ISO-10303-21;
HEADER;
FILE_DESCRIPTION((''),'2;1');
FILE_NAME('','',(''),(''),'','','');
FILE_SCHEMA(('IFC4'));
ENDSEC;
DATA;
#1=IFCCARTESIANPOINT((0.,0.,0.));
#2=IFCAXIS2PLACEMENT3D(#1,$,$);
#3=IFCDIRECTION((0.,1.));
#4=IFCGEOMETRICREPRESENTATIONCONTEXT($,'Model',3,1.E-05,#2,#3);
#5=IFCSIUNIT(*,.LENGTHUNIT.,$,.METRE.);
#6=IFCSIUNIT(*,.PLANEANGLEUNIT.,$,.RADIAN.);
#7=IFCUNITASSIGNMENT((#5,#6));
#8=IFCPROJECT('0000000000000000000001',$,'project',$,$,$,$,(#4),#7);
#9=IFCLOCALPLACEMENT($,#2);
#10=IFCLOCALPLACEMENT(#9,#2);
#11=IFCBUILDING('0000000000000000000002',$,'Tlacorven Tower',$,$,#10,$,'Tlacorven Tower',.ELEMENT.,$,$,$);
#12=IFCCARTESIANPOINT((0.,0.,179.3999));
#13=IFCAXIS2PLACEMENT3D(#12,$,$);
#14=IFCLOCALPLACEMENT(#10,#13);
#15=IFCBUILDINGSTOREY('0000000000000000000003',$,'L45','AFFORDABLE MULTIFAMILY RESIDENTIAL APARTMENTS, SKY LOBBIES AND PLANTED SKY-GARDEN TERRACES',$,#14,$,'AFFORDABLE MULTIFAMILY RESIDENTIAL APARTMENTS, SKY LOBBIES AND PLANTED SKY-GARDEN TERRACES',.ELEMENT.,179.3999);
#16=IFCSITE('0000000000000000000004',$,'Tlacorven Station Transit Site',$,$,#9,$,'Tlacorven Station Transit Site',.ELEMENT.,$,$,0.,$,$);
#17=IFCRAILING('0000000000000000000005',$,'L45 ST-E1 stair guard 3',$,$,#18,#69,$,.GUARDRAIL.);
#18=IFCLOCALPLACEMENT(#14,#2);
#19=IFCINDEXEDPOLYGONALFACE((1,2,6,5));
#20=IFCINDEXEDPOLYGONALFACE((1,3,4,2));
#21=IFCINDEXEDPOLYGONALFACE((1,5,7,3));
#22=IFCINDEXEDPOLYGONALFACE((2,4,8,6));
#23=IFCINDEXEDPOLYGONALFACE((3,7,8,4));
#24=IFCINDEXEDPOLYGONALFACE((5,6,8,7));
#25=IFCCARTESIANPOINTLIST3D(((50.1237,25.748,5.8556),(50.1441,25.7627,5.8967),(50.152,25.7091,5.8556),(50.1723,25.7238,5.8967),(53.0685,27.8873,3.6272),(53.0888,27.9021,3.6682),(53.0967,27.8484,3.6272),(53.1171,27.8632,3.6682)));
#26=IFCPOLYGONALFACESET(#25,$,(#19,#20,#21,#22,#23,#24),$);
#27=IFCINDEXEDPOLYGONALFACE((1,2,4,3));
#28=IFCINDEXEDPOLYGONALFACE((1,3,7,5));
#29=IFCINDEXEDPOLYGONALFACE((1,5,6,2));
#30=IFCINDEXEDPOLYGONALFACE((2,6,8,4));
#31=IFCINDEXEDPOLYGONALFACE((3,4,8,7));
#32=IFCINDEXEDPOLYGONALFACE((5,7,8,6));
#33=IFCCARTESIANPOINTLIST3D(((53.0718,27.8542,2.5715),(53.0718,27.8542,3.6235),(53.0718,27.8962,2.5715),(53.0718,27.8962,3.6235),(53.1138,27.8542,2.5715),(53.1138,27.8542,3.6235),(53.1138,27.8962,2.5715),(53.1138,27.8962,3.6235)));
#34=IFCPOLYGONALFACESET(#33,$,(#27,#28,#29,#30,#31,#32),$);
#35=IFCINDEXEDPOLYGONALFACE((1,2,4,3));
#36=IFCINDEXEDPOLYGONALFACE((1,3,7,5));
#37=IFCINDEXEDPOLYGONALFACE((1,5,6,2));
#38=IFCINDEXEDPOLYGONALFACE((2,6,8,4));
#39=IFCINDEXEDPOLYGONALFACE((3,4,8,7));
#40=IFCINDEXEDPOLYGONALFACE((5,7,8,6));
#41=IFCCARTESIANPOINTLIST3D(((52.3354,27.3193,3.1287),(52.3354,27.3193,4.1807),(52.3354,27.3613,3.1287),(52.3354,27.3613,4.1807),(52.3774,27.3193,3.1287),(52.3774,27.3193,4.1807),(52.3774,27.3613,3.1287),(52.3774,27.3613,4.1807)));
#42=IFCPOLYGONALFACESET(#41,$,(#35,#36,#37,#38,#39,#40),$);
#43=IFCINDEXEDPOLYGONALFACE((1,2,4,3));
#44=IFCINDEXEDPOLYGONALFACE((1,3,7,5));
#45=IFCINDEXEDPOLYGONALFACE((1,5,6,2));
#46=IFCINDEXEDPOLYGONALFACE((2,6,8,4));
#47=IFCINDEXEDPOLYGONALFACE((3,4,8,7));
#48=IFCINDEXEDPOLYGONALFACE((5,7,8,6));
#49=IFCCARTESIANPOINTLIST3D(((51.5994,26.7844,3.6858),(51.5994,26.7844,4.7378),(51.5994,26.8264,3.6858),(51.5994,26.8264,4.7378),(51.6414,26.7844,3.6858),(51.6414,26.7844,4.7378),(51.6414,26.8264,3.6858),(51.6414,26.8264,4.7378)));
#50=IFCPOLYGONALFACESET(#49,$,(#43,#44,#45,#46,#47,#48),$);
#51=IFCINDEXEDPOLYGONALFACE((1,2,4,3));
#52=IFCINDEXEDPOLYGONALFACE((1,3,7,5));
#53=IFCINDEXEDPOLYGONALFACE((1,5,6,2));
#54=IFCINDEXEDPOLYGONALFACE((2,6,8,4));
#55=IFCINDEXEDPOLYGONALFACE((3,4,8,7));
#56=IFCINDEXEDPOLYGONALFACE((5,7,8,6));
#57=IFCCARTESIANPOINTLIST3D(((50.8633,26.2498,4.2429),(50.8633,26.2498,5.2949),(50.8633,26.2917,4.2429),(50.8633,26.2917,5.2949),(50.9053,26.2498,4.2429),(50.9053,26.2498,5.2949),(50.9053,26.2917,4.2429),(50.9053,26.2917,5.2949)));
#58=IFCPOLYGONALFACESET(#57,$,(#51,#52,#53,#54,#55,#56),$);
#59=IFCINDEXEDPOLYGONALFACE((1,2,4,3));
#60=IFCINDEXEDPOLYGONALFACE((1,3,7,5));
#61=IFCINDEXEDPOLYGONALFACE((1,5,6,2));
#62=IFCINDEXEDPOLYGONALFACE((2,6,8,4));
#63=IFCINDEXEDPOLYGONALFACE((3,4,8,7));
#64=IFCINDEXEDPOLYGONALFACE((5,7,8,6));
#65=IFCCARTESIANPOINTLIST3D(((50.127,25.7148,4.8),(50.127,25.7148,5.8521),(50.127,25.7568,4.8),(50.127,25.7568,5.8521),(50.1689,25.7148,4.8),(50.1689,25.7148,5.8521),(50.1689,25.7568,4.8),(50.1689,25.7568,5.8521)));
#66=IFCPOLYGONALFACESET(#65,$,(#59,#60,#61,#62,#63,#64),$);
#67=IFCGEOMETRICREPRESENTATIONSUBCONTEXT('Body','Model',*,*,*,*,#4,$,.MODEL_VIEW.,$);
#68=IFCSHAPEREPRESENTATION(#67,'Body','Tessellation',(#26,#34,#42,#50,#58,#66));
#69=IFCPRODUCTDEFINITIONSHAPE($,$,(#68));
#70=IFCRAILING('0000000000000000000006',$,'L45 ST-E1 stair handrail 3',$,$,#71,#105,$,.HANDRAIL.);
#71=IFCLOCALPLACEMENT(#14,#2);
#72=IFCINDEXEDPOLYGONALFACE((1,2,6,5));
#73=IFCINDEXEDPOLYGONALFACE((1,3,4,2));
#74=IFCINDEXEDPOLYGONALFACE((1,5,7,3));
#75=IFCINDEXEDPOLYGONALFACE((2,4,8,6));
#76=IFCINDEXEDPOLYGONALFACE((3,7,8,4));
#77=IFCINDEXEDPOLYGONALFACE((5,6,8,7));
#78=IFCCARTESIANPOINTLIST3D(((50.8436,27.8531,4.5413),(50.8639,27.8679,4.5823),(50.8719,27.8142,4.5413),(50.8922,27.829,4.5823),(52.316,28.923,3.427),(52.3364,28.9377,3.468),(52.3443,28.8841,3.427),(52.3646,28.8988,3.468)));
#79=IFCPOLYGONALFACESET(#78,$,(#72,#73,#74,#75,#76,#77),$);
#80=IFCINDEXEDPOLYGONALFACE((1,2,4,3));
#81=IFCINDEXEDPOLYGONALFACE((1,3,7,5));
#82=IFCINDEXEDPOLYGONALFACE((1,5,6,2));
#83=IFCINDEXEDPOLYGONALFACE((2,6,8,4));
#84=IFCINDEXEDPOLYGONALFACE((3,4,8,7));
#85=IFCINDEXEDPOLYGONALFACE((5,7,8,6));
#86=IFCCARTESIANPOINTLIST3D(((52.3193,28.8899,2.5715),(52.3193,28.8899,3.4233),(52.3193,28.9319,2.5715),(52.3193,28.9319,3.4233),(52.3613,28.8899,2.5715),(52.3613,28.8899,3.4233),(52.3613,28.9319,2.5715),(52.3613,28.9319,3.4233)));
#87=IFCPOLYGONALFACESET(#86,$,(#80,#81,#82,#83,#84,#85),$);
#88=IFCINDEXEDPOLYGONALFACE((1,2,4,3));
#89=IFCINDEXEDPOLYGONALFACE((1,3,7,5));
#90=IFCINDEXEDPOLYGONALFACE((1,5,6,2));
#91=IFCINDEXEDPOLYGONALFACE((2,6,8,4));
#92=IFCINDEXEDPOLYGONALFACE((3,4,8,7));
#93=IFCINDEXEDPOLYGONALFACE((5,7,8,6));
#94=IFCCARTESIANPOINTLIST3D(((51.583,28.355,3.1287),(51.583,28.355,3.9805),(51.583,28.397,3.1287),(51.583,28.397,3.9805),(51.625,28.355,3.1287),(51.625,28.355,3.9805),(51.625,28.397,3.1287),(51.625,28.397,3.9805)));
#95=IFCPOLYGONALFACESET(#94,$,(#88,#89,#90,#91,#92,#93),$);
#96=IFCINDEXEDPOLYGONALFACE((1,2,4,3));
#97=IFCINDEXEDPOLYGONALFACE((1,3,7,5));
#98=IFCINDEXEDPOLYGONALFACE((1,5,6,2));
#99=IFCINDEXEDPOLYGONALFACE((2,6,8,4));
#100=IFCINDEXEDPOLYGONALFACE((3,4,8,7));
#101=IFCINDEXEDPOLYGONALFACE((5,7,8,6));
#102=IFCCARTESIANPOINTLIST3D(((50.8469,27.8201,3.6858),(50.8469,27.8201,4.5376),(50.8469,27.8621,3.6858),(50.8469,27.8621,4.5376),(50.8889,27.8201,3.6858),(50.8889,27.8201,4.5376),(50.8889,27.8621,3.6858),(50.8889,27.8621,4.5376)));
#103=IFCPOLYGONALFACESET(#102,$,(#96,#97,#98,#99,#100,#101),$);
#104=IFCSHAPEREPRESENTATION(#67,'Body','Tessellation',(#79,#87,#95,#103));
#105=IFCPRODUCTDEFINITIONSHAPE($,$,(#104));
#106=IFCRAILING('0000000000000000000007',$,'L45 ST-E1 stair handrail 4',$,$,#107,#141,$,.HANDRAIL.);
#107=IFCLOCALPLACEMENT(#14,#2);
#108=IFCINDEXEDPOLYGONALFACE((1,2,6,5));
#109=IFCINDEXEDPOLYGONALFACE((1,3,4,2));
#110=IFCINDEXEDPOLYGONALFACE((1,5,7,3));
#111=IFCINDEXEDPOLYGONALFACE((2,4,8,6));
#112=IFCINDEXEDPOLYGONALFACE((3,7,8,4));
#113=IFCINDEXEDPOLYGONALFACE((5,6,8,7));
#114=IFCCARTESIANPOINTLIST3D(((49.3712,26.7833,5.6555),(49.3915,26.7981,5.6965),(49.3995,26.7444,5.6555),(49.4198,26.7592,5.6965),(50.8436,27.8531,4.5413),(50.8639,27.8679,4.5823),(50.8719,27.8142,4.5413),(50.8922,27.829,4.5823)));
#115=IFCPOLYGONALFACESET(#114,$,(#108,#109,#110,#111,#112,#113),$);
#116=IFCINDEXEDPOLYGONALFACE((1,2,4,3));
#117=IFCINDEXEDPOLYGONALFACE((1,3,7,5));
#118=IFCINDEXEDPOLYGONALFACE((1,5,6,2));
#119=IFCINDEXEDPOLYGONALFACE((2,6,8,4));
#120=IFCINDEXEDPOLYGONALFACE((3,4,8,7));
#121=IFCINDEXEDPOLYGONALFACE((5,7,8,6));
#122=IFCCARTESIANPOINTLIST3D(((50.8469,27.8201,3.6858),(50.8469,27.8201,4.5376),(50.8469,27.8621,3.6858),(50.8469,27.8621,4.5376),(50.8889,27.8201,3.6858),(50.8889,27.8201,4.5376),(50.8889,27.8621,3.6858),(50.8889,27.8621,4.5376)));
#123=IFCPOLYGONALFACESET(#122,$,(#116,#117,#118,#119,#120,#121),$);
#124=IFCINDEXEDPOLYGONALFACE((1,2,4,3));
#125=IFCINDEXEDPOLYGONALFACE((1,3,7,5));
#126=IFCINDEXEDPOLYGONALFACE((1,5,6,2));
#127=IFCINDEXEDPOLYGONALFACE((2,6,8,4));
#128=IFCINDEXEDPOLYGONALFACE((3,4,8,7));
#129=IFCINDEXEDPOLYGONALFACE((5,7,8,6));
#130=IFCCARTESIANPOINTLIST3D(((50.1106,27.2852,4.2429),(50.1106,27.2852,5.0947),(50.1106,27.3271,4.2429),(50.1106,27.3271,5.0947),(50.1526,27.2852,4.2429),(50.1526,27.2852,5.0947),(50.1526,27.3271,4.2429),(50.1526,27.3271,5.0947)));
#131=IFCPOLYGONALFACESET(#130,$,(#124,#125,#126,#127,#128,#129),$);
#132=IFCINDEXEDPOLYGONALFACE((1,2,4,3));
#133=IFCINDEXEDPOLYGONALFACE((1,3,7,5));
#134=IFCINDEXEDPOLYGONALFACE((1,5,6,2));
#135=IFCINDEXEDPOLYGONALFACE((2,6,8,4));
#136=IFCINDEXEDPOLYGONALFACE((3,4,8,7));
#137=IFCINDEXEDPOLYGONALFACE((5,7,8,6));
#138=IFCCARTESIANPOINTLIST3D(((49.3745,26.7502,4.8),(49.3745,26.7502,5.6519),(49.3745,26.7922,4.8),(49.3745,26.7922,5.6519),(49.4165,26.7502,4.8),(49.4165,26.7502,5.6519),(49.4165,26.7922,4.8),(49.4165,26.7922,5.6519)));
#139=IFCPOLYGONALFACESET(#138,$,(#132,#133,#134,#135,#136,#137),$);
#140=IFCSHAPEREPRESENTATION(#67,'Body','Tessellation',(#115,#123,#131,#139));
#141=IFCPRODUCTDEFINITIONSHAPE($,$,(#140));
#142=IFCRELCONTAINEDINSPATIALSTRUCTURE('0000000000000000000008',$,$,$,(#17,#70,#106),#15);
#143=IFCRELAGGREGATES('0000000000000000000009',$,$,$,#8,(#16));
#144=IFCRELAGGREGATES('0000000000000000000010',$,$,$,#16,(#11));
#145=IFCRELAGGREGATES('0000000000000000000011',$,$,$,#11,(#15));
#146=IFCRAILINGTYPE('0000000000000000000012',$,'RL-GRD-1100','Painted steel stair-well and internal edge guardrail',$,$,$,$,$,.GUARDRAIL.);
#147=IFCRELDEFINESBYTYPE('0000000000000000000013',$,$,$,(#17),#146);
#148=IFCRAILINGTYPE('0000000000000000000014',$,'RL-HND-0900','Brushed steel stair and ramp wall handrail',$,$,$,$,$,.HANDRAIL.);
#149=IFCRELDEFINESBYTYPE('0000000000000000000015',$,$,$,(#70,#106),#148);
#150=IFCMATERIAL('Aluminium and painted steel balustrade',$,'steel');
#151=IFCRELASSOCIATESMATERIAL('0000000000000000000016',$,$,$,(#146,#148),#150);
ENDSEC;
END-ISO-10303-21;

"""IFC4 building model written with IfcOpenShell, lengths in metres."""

from ifc_helpers import new_model, si_unit, direction, frame, origin, origin_2d, place, context, subcontext, project, spatial, rectangle, extrude, source, transform, mapped, material, type_object, element, save


model = new_model("IFC4")

# Units and contexts
model_context = context("Model", 3, precision=1e-05, world=origin(), true_north=direction((0.0, 1.0)))
body_context = subcontext(model_context, "Body", "Model", "MODEL_VIEW")
ifc_project = project(units=[si_unit("LENGTHUNIT", "METRE"), si_unit("PLANEANGLEUNIT", "RADIAN")], contexts=[model_context])

# Site, building, storey
site_placement = place(None, origin())
site = spatial("IfcSite", under=ifc_project, at=site_placement, Name="Tlacorven Station Transit Site", LongName="Tlacorven Station Transit Site", CompositionType="ELEMENT", RefElevation=0.0)
building_placement = place(site_placement, origin())
building = spatial("IfcBuilding", under=site, at=building_placement, Name="Tlacorven Tower", LongName="Tlacorven Tower", CompositionType="ELEMENT")
storey_placement = place(building_placement, frame((0.0, 0.0, 179.3999)))
storey = spatial("IfcBuildingStorey", under=building, at=storey_placement, Name="L45", Description="AFFORDABLE MULTIFAMILY RESIDENTIAL APARTMENTS, SKY LOBBIES AND PLANTED SKY-GARDEN TERRACES", LongName="AFFORDABLE MULTIFAMILY RESIDENTIAL APARTMENTS, SKY LOBBIES AND PLANTED SKY-GARDEN TERRACES", CompositionType="ELEMENT", Elevation=179.3999)

# Railings
ifc_material_1 = material(Name="Aluminium and painted steel balustrade", Category="steel")
railing_type_1 = type_object("IfcRailingType", Name="RL-GRD-1100", Description="Painted steel stair-well and internal edge guardrail", PredefinedType="GUARDRAIL", material=ifc_material_1)
shared_shape_1 = source(origin(), body_context, "Body", "SweptSolid", [
    extrude(rectangle(XDim=0.0481, YDim=0.0481, at=origin_2d()), frame((0.0, 0.0, 1.0762), z_axis=(-0.689987, -0.501273, 0.522152), x_axis=(0.587761, -0.809035, 0.0)), (0.0, 0.0, 1.0), 4.2678),
    extrude(rectangle(XDim=0.042, YDim=0.042, at=origin_2d()), origin(), (0.0, 0.0, 1.0), 1.052),
    extrude(rectangle(XDim=0.042, YDim=0.042, at=origin_2d()), frame((-0.7363, -0.5349, 0.5571)), (0.0, 0.0, 1.0), 1.052),
    extrude(rectangle(XDim=0.042, YDim=0.042, at=origin_2d()), frame((-1.4724, -1.0698, 1.1143)), (0.0, 0.0, 1.0), 1.052),
    extrude(rectangle(XDim=0.042, YDim=0.042, at=origin_2d()), frame((-2.2085, -1.6045, 1.6714)), (0.0, 0.0, 1.0), 1.052),
    extrude(rectangle(XDim=0.042, YDim=0.042, at=origin_2d()), frame((-2.9448, -2.1394, 2.2285)), (0.0, 0.0, 1.0), 1.052),
])
railing_1_placement = place(storey_placement, frame((53.0928, 27.8752, 2.5715)))
element("IfcRailing", 1, at=railing_1_placement, inside=storey, type_object=railing_type_1, Name="L45 ST-E1 stair guard 3", PredefinedType="GUARDRAIL", context=body_context, shape_type="MappedRepresentation", body=[
    mapped(shared_shape_1, transform((0.0, 0.0, 0.0), scale=1.0)),
])
railing_type_2 = type_object("IfcRailingType", Name="RL-HND-0900", Description="Brushed steel stair and ramp wall handrail", PredefinedType="HANDRAIL", material=ifc_material_1)
shared_shape_2 = source(origin(), body_context, "Body", "SweptSolid", [
    extrude(rectangle(XDim=0.0481, YDim=0.0481, at=origin_2d()), frame((0.0, 0.0, 0.876), z_axis=(-0.689967, -0.501316, 0.522137), x_axis=(0.587805, -0.809003, 0.0)), (0.0, 0.0, 1.0), 2.134),
    extrude(rectangle(XDim=0.042, YDim=0.042, at=origin_2d()), origin(), (0.0, 0.0, 1.0), 0.8518),
    extrude(rectangle(XDim=0.042, YDim=0.042, at=origin_2d()), frame((-0.7363, -0.5349, 0.5571)), (0.0, 0.0, 1.0), 0.8518),
    extrude(rectangle(XDim=0.042, YDim=0.042, at=origin_2d()), frame((-1.4724, -1.0698, 1.1143)), (0.0, 0.0, 1.0), 0.8518),
])
for number, where, name in (
    (2, (52.3403, 28.9109, 2.5715), "L45 ST-E1 stair handrail 3"),
    (3, (50.8679, 27.8411, 3.6858), "L45 ST-E1 stair handrail 4"),
):
    element("IfcRailing", number, at=place(storey_placement, frame(where)), inside=storey, type_object=railing_type_2, Name=name, PredefinedType="HANDRAIL", context=body_context, shape_type="MappedRepresentation", body=[
        mapped(shared_shape_2, transform((0.0, 0.0, 0.0), scale=1.0)),
    ])

save(model, "model.ifc")
